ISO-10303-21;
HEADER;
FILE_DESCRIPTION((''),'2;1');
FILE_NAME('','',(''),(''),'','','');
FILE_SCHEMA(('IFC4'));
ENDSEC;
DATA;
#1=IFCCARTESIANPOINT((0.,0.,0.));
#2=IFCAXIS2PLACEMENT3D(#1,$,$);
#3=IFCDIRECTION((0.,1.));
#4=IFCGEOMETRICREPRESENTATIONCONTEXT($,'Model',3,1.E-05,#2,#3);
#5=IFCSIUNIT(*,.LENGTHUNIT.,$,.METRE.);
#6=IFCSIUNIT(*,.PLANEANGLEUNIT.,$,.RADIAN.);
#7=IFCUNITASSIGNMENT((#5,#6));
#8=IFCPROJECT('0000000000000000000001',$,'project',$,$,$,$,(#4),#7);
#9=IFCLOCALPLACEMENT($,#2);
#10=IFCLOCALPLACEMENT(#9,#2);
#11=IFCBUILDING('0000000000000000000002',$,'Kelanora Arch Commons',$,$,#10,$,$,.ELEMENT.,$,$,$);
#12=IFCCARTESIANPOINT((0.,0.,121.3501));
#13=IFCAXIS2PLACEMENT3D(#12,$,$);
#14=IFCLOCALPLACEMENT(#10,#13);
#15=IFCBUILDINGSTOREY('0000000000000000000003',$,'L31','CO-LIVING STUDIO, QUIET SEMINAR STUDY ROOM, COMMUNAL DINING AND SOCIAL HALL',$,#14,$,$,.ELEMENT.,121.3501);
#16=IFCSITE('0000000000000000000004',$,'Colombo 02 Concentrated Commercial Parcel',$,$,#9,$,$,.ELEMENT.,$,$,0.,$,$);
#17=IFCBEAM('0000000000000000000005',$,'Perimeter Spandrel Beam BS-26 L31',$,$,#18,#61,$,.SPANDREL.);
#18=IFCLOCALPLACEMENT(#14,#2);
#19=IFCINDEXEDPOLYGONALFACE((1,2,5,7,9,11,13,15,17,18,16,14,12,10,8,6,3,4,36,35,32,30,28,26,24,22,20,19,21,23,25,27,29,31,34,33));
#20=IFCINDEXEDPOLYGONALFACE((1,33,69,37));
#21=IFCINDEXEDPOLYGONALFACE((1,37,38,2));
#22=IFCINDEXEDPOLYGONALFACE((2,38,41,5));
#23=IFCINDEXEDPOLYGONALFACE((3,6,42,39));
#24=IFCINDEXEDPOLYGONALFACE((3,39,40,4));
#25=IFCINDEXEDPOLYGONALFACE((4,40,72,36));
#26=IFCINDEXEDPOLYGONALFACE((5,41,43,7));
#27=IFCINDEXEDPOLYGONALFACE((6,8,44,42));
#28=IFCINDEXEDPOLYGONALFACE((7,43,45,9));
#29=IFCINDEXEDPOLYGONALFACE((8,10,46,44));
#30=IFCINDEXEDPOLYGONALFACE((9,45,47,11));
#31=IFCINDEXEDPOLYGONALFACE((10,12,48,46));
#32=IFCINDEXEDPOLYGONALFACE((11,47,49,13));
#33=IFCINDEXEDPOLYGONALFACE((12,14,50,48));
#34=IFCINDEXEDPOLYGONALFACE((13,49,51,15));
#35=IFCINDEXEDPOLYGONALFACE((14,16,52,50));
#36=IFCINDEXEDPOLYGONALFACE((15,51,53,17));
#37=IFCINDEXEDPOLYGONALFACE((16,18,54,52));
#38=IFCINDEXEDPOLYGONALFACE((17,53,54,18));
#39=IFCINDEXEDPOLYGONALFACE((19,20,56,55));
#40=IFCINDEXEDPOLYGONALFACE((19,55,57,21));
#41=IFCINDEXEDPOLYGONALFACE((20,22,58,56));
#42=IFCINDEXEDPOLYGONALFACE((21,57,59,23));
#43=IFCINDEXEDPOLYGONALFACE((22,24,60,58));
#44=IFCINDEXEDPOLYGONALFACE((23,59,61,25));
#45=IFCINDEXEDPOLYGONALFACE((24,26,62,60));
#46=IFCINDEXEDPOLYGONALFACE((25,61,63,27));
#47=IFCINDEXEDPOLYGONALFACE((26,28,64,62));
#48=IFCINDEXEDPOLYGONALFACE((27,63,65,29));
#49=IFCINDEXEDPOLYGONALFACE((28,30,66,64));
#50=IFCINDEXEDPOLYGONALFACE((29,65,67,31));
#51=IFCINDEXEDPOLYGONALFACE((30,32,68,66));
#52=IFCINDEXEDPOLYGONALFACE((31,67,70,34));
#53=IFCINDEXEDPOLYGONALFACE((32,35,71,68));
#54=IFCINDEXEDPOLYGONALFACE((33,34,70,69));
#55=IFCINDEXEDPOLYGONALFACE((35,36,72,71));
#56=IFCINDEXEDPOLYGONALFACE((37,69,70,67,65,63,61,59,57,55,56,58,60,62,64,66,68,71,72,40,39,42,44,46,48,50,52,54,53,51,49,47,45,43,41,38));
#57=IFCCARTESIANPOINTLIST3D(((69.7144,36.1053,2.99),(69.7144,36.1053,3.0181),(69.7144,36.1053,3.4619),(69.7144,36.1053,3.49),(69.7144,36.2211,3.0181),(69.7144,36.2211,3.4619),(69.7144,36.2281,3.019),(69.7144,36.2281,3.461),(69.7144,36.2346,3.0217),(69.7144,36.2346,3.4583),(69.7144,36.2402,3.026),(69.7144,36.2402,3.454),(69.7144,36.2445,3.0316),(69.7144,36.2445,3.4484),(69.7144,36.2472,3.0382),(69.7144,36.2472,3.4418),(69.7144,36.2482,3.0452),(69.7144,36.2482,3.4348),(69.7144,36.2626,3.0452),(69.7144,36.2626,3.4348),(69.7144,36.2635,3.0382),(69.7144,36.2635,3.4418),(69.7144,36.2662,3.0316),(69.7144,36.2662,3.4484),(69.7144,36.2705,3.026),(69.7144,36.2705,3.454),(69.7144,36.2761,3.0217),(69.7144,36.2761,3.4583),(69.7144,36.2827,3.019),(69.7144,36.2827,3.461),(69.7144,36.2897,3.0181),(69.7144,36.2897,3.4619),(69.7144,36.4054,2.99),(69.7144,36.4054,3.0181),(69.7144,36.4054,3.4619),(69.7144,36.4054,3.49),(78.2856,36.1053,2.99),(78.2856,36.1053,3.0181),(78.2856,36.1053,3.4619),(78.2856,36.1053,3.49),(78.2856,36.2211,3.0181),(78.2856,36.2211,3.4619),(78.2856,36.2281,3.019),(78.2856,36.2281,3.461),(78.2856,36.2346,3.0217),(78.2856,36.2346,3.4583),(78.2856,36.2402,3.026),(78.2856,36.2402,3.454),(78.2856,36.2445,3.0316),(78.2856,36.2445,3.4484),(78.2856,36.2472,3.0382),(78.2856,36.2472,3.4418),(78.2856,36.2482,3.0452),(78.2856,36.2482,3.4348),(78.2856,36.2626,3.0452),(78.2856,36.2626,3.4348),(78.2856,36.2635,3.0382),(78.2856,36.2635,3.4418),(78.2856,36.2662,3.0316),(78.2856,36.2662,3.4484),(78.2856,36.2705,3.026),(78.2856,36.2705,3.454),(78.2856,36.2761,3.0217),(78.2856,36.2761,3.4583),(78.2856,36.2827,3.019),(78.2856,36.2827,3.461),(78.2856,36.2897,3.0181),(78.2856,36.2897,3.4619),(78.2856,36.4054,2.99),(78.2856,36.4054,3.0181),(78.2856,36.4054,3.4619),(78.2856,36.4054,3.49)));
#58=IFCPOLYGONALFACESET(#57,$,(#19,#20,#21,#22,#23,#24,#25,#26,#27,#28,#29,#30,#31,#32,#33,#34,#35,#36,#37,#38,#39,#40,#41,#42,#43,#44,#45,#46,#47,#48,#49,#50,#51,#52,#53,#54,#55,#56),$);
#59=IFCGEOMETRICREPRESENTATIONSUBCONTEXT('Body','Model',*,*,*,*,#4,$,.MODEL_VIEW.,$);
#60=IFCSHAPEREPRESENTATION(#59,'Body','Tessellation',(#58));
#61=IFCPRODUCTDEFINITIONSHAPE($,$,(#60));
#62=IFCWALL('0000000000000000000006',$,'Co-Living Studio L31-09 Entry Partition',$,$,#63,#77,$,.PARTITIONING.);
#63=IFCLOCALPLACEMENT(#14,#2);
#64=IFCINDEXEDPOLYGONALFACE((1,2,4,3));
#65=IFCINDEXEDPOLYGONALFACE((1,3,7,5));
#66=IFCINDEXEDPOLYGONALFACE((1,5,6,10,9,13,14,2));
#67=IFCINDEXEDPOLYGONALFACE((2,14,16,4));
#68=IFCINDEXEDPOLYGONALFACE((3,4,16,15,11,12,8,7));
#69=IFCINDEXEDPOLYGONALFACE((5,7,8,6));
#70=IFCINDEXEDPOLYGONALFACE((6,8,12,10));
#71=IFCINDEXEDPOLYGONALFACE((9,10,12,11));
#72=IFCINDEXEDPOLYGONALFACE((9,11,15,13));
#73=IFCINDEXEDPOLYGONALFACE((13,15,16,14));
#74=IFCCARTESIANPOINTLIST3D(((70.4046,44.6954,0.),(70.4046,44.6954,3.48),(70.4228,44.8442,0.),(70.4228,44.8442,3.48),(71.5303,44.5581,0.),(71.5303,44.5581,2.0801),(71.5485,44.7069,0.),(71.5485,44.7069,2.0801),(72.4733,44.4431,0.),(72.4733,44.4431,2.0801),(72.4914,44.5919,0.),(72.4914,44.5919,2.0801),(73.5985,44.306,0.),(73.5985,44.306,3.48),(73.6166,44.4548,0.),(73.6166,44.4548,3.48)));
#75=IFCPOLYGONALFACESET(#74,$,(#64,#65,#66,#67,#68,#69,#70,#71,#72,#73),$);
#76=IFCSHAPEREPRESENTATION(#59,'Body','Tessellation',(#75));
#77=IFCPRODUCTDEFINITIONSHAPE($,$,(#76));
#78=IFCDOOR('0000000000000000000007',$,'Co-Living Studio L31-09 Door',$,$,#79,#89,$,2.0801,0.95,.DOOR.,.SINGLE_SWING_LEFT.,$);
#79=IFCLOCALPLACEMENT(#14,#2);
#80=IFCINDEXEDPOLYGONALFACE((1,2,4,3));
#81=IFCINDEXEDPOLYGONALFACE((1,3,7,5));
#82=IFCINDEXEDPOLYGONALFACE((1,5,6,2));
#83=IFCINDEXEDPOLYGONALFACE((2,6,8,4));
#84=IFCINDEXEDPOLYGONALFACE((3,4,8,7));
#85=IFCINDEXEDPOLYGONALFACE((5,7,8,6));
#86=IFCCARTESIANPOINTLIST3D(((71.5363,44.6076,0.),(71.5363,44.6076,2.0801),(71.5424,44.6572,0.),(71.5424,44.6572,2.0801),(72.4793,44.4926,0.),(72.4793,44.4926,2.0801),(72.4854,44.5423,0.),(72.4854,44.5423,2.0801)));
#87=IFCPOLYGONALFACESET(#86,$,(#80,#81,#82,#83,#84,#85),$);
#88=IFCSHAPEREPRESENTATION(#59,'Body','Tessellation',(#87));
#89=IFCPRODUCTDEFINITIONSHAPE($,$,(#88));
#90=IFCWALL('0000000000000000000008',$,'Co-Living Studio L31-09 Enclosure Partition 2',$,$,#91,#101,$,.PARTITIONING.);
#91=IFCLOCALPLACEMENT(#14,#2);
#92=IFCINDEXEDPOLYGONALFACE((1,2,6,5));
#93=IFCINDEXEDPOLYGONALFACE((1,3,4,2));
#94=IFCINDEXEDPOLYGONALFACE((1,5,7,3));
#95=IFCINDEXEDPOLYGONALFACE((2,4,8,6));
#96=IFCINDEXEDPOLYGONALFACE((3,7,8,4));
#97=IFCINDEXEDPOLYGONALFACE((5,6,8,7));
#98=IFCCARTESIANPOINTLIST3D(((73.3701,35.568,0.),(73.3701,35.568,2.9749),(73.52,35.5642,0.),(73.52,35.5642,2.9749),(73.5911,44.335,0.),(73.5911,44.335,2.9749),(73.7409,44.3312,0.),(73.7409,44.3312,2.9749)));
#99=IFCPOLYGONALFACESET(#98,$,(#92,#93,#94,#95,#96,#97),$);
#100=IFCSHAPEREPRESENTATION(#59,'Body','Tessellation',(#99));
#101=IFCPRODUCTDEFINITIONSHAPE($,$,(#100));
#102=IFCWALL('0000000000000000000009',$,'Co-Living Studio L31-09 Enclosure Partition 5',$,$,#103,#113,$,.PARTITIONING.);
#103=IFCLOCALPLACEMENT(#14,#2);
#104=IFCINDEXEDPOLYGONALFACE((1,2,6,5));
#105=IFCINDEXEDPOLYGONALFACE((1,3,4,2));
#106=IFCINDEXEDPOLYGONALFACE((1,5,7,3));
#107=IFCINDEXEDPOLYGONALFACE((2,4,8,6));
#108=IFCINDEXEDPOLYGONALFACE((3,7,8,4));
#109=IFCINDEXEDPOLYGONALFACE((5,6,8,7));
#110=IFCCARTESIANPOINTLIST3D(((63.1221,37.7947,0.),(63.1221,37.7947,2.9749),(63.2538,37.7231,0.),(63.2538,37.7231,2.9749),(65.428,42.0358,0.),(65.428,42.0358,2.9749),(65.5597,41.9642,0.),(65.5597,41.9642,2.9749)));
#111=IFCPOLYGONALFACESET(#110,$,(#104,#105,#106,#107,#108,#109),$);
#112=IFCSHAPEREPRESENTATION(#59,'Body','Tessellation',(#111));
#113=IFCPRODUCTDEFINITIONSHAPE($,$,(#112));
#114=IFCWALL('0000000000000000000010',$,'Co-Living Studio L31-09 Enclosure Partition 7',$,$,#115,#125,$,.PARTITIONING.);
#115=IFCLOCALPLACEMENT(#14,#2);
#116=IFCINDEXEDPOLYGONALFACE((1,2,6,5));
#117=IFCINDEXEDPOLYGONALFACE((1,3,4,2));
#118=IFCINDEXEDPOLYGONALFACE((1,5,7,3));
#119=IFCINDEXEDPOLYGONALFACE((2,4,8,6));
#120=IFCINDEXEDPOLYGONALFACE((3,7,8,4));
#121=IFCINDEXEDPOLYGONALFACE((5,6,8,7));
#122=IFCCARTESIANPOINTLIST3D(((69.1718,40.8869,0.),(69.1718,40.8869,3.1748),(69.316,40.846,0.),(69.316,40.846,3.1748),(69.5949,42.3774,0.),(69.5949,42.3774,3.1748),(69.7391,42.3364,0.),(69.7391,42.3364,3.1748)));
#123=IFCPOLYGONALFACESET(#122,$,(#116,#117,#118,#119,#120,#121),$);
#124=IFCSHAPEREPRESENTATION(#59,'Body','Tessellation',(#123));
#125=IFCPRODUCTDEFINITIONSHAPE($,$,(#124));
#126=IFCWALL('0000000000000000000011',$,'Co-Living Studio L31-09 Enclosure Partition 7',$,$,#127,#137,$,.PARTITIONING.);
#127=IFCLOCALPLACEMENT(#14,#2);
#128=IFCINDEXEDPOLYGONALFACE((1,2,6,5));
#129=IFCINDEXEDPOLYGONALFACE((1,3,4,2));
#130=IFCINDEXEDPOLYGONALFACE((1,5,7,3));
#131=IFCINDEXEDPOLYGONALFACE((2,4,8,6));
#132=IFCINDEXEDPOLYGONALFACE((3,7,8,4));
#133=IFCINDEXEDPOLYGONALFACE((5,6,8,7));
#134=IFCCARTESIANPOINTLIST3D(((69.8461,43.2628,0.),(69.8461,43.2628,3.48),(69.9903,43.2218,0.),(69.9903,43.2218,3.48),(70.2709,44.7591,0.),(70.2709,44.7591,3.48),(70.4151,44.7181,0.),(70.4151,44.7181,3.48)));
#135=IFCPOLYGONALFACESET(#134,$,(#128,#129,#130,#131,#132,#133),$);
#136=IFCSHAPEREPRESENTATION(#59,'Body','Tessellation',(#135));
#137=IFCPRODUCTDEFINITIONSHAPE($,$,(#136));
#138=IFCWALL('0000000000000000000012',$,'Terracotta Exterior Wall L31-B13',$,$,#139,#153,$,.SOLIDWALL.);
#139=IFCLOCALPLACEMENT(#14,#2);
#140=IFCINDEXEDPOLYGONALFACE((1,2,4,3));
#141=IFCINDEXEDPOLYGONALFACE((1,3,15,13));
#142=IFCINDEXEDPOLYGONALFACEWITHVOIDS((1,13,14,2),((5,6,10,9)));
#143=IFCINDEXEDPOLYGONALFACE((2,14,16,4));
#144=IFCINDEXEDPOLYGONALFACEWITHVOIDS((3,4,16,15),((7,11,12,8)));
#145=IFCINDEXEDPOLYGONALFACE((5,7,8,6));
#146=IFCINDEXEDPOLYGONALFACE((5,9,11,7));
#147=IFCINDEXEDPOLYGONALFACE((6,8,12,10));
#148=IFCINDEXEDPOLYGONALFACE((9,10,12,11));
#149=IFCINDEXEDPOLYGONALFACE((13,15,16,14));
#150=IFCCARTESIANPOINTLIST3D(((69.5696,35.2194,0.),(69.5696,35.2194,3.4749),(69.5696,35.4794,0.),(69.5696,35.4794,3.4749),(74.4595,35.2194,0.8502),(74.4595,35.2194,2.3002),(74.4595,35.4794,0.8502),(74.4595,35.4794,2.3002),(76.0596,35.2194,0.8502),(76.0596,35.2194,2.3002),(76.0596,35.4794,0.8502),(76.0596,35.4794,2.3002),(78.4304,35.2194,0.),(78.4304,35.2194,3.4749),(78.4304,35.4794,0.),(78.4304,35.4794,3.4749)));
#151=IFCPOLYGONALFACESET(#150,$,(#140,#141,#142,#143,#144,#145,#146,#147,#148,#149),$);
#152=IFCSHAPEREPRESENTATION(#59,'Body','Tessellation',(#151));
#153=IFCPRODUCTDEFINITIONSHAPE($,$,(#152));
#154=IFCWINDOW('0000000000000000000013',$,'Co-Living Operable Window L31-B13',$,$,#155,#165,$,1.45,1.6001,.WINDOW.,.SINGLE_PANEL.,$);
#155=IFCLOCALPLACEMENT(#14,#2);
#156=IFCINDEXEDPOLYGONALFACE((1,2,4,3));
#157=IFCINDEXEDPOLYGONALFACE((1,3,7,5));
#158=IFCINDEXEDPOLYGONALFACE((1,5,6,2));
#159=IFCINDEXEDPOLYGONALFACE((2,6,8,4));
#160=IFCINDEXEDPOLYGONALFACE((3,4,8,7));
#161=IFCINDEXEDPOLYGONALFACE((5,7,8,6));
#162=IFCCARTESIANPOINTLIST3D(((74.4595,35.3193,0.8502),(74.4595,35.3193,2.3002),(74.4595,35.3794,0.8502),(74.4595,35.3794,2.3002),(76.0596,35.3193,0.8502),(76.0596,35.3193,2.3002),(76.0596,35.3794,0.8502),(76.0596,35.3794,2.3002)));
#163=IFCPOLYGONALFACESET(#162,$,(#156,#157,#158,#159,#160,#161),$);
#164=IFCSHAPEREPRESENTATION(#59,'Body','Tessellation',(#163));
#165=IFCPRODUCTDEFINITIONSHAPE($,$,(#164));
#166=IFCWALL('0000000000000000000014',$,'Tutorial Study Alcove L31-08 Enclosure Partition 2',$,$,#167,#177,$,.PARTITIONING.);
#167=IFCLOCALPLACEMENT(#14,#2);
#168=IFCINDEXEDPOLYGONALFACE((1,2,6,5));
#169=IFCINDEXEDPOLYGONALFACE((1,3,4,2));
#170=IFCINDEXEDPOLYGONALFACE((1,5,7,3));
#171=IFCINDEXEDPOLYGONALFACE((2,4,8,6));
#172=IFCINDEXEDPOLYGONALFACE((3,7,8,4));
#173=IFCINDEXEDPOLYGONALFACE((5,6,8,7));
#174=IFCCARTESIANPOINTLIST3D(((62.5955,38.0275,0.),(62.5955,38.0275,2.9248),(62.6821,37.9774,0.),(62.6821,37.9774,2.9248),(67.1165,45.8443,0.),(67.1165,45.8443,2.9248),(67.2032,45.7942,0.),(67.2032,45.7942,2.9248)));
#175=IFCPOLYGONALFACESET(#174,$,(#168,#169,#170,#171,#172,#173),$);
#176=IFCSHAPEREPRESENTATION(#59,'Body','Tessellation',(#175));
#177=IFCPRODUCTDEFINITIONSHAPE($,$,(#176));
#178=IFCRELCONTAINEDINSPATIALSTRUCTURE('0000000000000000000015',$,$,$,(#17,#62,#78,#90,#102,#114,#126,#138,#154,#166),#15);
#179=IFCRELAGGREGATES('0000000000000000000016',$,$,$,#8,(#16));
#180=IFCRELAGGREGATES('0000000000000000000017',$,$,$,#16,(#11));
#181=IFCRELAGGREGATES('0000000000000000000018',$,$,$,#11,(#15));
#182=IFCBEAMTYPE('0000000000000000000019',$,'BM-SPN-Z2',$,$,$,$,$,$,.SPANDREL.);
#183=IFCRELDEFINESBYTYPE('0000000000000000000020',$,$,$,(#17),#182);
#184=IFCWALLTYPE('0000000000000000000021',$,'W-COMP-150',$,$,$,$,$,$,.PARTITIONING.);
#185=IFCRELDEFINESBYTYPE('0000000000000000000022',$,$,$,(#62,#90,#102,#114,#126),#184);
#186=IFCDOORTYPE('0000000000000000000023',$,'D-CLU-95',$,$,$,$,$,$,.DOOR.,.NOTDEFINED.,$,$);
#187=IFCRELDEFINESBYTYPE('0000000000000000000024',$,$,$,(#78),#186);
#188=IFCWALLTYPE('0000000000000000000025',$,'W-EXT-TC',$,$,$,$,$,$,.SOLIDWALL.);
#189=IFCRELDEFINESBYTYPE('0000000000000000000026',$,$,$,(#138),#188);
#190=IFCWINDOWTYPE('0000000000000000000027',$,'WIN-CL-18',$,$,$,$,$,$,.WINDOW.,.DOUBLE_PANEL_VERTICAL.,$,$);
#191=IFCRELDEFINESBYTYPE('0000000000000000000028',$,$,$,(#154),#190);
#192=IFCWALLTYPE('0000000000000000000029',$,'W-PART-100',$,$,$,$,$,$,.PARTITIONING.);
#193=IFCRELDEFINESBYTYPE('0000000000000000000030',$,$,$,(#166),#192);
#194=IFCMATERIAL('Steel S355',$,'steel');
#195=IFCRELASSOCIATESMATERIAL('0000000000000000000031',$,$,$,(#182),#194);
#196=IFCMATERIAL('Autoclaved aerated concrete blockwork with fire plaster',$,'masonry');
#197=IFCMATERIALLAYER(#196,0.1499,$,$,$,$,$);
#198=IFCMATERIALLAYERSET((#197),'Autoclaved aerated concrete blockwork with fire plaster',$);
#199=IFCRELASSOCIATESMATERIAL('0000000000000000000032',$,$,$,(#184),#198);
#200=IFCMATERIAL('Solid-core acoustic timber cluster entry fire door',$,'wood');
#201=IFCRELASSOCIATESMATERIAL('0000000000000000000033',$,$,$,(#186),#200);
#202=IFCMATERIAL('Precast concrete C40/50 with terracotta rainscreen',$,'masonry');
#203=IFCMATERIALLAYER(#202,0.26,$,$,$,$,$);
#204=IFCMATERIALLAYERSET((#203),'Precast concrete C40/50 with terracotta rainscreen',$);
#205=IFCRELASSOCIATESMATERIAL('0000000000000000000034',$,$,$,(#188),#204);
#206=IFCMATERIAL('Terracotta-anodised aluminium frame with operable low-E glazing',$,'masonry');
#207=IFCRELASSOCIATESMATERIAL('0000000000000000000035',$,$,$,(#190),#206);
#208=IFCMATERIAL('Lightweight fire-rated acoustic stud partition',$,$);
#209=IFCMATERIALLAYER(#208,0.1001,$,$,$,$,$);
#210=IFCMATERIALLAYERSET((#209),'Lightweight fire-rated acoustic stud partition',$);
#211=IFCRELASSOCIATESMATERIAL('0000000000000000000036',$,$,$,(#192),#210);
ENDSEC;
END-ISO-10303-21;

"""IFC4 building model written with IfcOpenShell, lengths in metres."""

from ifc_helpers import new_model, si_unit, direction, frame, frame_2d, origin, origin_2d, place, context, subcontext, project, spatial, rectangle, i_section, extrude, material, layer, layer_set, material_profile, profile_set, type_object, element, fill, save


model = new_model("IFC4")

# Units and contexts
model_context = context("Model", 3, precision=1e-05, world=origin(), true_north=direction((0.0, 1.0)))
body_context = subcontext(model_context, "Body", "Model", "MODEL_VIEW")
ifc_project = project(units=[si_unit("LENGTHUNIT", "METRE"), si_unit("PLANEANGLEUNIT", "RADIAN")], contexts=[model_context])

# Site, building, storey
site_placement = place(None, origin())
site = spatial("IfcSite", under=ifc_project, at=site_placement, Name="Colombo 02 Concentrated Commercial Parcel", CompositionType="ELEMENT", RefElevation=0.0)
building_placement = place(site_placement, origin())
building = spatial("IfcBuilding", under=site, at=building_placement, Name="Kelanora Arch Commons", CompositionType="ELEMENT")
storey_placement = place(building_placement, frame((0.0, 0.0, 121.3501)))
storey = spatial("IfcBuildingStorey", under=building, at=storey_placement, Name="L31", Description="CO-LIVING STUDIO, QUIET SEMINAR STUDY ROOM, COMMUNAL DINING AND SOCIAL HALL", CompositionType="ELEMENT", Elevation=121.3501)

# Beam
ifc_material_1 = material(Name="Steel S355", Category="steel")
ifc_material_profile_1 = material_profile(ifc_material_1, i_section(OverallWidth=0.3, OverallDepth=0.5, WebThickness=0.0144, FlangeThickness=0.0281, FilletRadius=0.0271, at=origin_2d()), Name="HEB500")
ifc_profile_set_1 = profile_set([ifc_material_profile_1], Name="Steel S355")
beam_type_1 = type_object("IfcBeamType", Name="BM-SPN-Z2", PredefinedType="SPANDREL", material=ifc_profile_set_1)
beam_1_placement = place(storey_placement, frame((69.7144, 36.2554, 3.24), z_axis=(1.0, 0.0, 0.0), x_axis=(0.0, 1.0, 0.0)))
element("IfcBeam", 1, at=beam_1_placement, inside=storey, type_object=beam_type_1, Name="Perimeter Spandrel Beam BS-26 L31", PredefinedType="SPANDREL", context=body_context, shape_type="SweptSolid", body=[
    extrude(i_section(OverallWidth=0.3, OverallDepth=0.5, WebThickness=0.0144, FlangeThickness=0.0281, FilletRadius=0.0271, at=origin_2d()), origin(), (0.0, 0.0, 1.0), 8.5713),
])

# Wall, opening, door
ifc_material_2 = material(Name="Autoclaved aerated concrete blockwork with fire plaster", Category="masonry")
ifc_layer_1 = layer(ifc_material_2, 0.1499)
ifc_layer_set_1 = layer_set([ifc_layer_1], Name="Autoclaved aerated concrete blockwork with fire plaster")
wall_type_1 = type_object("IfcWallType", Name="W-COMP-150", PredefinedType="PARTITIONING", material=ifc_layer_set_1)
wall_1_placement = place(storey_placement, frame((70.4136, 44.7698, 0.0), z_axis=(0.0, 0.0, 1.0), x_axis=(0.992649, -0.121027, 0.0)))
wall_1 = element("IfcWall", 2, at=wall_1_placement, inside=storey, type_object=wall_type_1, Name="Co-Living Studio L31-09 Entry Partition", PredefinedType="PARTITIONING", context=body_context, shape_type="SweptSolid", body=[
    extrude(rectangle(XDim=3.2175, YDim=0.1499, at=frame_2d((1.6089, 0.0))), origin(), (0.0, 0.0, 1.0), 3.48),
])
opening_1_placement = place(wall_1_placement, frame((1.134, 0.0, 0.0)))
opening_1 = element("IfcOpeningElement", 3, at=opening_1_placement, cuts=wall_1, PredefinedType="OPENING", context=body_context, shape_type="SweptSolid", body=[
    extrude(rectangle(XDim=0.95, YDim=2.0801, at=frame_2d((0.4751, 1.04))), frame((0.0, 0.085, 0.0), z_axis=(0.0, -1.0, 0.0), x_axis=(1.0, 0.0, 0.0)), (0.0, 0.0, 1.0), 0.1699),
])
ifc_material_3 = material(Name="Solid-core acoustic timber cluster entry fire door", Category="wood")
door_type_1 = type_object("IfcDoorType", Name="D-CLU-95", OperationType="NOTDEFINED", PredefinedType="DOOR", material=ifc_material_3)
door_1_placement = place(opening_1_placement, origin())
door_1 = element("IfcDoor", 4, at=door_1_placement, inside=storey, type_object=door_type_1, Name="Co-Living Studio L31-09 Door", OperationType="SINGLE_SWING_LEFT", OverallHeight=2.0801, OverallWidth=0.95, PredefinedType="DOOR", context=body_context, shape_type="SweptSolid", body=[
    extrude(rectangle(XDim=0.95, YDim=2.0801, at=frame_2d((0.4751, 1.04))), frame((0.0, 0.0249, 0.0), z_axis=(0.0, -1.0, 0.0), x_axis=(1.0, 0.0, 0.0)), (0.0, 0.0, 1.0), 0.05),
])
fill(opening_1, door_1)

# Walls
wall_2_placement = place(storey_placement, frame((73.666, 44.333, 0.0), z_axis=(0.0, 0.0, 1.0), x_axis=(-0.025194, -0.999683, 0.0)))
element("IfcWall", 5, at=wall_2_placement, inside=storey, type_object=wall_type_1, Name="Co-Living Studio L31-09 Enclosure Partition 2", PredefinedType="PARTITIONING", context=body_context, shape_type="SweptSolid", body=[
    extrude(rectangle(XDim=8.7698, YDim=0.1499, at=frame_2d((4.3848, 0.0))), origin(), (0.0, 0.0, 1.0), 2.9749),
])
wall_3_placement = place(storey_placement, frame((63.188, 37.759, 0.0), z_axis=(0.0, 0.0, 1.0), x_axis=(0.477679, 0.878535, 0.0)))
element("IfcWall", 6, at=wall_3_placement, inside=storey, type_object=wall_type_1, Name="Co-Living Studio L31-09 Enclosure Partition 5", PredefinedType="PARTITIONING", context=body_context, shape_type="SweptSolid", body=[
    extrude(rectangle(XDim=4.8274, YDim=0.1499, at=frame_2d((2.4136, 0.0))), origin(), (0.0, 0.0, 1.0), 2.9749),
])
wall_4_placement = place(storey_placement, frame((69.2439, 40.8665, 0.0), z_axis=(0.0, 0.0, 1.0), x_axis=(0.273077, 0.961992, 0.0)))
element("IfcWall", 7, at=wall_4_placement, inside=storey, type_object=wall_type_1, Name="Co-Living Studio L31-09 Enclosure Partition 7", PredefinedType="PARTITIONING", context=body_context, shape_type="SweptSolid", body=[
    extrude(rectangle(XDim=1.5493, YDim=0.1499, at=frame_2d((0.7747, 0.0))), origin(), (0.0, 0.0, 1.0), 3.1748),
])
wall_5_placement = place(storey_placement, frame((69.9182, 43.2422, 0.0), z_axis=(0.0, 0.0, 1.0), x_axis=(0.273104, 0.961985, 0.0)))
element("IfcWall", 8, at=wall_5_placement, inside=storey, type_object=wall_type_1, Name="Co-Living Studio L31-09 Enclosure Partition 7", PredefinedType="PARTITIONING", context=body_context, shape_type="SweptSolid", body=[
    extrude(rectangle(XDim=1.5554, YDim=0.1499, at=frame_2d((0.7778, 0.0))), origin(), (0.0, 0.0, 1.0), 3.48),
])

# Wall, opening, window
ifc_material_4 = material(Name="Precast concrete C40/50 with terracotta rainscreen", Category="masonry")
ifc_layer_2 = layer(ifc_material_4, 0.26)
ifc_layer_set_2 = layer_set([ifc_layer_2], Name="Precast concrete C40/50 with terracotta rainscreen")
wall_type_2 = type_object("IfcWallType", Name="W-EXT-TC", PredefinedType="SOLIDWALL", material=ifc_layer_set_2)
wall_6_placement = place(storey_placement, frame((69.5696, 35.3494, 0.0), z_axis=(0.0, 0.0, 1.0), x_axis=(1.0, 0.0, 0.0)))
wall_6 = element("IfcWall", 9, at=wall_6_placement, inside=storey, type_object=wall_type_2, Name="Terracotta Exterior Wall L31-B13", PredefinedType="SOLIDWALL", context=body_context, shape_type="SweptSolid", body=[
    extrude(rectangle(XDim=8.8608, YDim=0.26, at=frame_2d((4.4304, 0.0))), origin(), (0.0, 0.0, 1.0), 3.4749),
])
opening_2_placement = place(wall_6_placement, frame((4.8899, 0.0, 0.8501)))
opening_2 = element("IfcOpeningElement", 10, at=opening_2_placement, cuts=wall_6, PredefinedType="OPENING", context=body_context, shape_type="SweptSolid", body=[
    extrude(rectangle(XDim=1.6001, YDim=1.45, at=frame_2d((0.8, 0.7251))), frame((0.0, 0.1401, 0.0), z_axis=(0.0, -1.0, 0.0), x_axis=(1.0, 0.0, 0.0)), (0.0, 0.0, 1.0), 0.28),
])
ifc_material_5 = material(Name="Terracotta-anodised aluminium frame with operable low-E glazing", Category="masonry")
window_type = type_object("IfcWindowType", Name="WIN-CL-18", PartitioningType="DOUBLE_PANEL_VERTICAL", PredefinedType="WINDOW", material=ifc_material_5)
window_placement = place(opening_2_placement, origin())
window = element("IfcWindow", 11, at=window_placement, inside=storey, type_object=window_type, Name="Co-Living Operable Window L31-B13", OverallHeight=1.45, OverallWidth=1.6001, PartitioningType="SINGLE_PANEL", PredefinedType="WINDOW", context=body_context, shape_type="SweptSolid", body=[
    extrude(rectangle(XDim=1.6001, YDim=1.45, at=frame_2d((0.8, 0.7251))), frame((0.0, 0.03, 0.0), z_axis=(0.0, -1.0, 0.0), x_axis=(1.0, 0.0, 0.0)), (0.0, 0.0, 1.0), 0.0601),
])
fill(opening_2, window)

# Wall
ifc_material_6 = material(Name="Lightweight fire-rated acoustic stud partition")
ifc_layer_3 = layer(ifc_material_6, 0.1001)
ifc_layer_set_3 = layer_set([ifc_layer_3], Name="Lightweight fire-rated acoustic stud partition")
wall_type_3 = type_object("IfcWallType", Name="W-PART-100", PredefinedType="PARTITIONING", material=ifc_layer_set_3)
wall_7_placement = place(storey_placement, frame((67.1599, 45.8193, 0.0), z_axis=(0.0, 0.0, 1.0), x_axis=(-0.500669, -0.865639, 0.0)))
element("IfcWall", 12, at=wall_7_placement, inside=storey, type_object=wall_type_3, Name="Tutorial Study Alcove L31-08 Enclosure Partition 2", PredefinedType="PARTITIONING", context=body_context, shape_type="SweptSolid", body=[
    extrude(rectangle(XDim=9.03, YDim=0.1001, at=frame_2d((4.5151, 0.0))), origin(), (0.0, 0.0, 1.0), 2.9248),
])

save(model, "model.ifc")
